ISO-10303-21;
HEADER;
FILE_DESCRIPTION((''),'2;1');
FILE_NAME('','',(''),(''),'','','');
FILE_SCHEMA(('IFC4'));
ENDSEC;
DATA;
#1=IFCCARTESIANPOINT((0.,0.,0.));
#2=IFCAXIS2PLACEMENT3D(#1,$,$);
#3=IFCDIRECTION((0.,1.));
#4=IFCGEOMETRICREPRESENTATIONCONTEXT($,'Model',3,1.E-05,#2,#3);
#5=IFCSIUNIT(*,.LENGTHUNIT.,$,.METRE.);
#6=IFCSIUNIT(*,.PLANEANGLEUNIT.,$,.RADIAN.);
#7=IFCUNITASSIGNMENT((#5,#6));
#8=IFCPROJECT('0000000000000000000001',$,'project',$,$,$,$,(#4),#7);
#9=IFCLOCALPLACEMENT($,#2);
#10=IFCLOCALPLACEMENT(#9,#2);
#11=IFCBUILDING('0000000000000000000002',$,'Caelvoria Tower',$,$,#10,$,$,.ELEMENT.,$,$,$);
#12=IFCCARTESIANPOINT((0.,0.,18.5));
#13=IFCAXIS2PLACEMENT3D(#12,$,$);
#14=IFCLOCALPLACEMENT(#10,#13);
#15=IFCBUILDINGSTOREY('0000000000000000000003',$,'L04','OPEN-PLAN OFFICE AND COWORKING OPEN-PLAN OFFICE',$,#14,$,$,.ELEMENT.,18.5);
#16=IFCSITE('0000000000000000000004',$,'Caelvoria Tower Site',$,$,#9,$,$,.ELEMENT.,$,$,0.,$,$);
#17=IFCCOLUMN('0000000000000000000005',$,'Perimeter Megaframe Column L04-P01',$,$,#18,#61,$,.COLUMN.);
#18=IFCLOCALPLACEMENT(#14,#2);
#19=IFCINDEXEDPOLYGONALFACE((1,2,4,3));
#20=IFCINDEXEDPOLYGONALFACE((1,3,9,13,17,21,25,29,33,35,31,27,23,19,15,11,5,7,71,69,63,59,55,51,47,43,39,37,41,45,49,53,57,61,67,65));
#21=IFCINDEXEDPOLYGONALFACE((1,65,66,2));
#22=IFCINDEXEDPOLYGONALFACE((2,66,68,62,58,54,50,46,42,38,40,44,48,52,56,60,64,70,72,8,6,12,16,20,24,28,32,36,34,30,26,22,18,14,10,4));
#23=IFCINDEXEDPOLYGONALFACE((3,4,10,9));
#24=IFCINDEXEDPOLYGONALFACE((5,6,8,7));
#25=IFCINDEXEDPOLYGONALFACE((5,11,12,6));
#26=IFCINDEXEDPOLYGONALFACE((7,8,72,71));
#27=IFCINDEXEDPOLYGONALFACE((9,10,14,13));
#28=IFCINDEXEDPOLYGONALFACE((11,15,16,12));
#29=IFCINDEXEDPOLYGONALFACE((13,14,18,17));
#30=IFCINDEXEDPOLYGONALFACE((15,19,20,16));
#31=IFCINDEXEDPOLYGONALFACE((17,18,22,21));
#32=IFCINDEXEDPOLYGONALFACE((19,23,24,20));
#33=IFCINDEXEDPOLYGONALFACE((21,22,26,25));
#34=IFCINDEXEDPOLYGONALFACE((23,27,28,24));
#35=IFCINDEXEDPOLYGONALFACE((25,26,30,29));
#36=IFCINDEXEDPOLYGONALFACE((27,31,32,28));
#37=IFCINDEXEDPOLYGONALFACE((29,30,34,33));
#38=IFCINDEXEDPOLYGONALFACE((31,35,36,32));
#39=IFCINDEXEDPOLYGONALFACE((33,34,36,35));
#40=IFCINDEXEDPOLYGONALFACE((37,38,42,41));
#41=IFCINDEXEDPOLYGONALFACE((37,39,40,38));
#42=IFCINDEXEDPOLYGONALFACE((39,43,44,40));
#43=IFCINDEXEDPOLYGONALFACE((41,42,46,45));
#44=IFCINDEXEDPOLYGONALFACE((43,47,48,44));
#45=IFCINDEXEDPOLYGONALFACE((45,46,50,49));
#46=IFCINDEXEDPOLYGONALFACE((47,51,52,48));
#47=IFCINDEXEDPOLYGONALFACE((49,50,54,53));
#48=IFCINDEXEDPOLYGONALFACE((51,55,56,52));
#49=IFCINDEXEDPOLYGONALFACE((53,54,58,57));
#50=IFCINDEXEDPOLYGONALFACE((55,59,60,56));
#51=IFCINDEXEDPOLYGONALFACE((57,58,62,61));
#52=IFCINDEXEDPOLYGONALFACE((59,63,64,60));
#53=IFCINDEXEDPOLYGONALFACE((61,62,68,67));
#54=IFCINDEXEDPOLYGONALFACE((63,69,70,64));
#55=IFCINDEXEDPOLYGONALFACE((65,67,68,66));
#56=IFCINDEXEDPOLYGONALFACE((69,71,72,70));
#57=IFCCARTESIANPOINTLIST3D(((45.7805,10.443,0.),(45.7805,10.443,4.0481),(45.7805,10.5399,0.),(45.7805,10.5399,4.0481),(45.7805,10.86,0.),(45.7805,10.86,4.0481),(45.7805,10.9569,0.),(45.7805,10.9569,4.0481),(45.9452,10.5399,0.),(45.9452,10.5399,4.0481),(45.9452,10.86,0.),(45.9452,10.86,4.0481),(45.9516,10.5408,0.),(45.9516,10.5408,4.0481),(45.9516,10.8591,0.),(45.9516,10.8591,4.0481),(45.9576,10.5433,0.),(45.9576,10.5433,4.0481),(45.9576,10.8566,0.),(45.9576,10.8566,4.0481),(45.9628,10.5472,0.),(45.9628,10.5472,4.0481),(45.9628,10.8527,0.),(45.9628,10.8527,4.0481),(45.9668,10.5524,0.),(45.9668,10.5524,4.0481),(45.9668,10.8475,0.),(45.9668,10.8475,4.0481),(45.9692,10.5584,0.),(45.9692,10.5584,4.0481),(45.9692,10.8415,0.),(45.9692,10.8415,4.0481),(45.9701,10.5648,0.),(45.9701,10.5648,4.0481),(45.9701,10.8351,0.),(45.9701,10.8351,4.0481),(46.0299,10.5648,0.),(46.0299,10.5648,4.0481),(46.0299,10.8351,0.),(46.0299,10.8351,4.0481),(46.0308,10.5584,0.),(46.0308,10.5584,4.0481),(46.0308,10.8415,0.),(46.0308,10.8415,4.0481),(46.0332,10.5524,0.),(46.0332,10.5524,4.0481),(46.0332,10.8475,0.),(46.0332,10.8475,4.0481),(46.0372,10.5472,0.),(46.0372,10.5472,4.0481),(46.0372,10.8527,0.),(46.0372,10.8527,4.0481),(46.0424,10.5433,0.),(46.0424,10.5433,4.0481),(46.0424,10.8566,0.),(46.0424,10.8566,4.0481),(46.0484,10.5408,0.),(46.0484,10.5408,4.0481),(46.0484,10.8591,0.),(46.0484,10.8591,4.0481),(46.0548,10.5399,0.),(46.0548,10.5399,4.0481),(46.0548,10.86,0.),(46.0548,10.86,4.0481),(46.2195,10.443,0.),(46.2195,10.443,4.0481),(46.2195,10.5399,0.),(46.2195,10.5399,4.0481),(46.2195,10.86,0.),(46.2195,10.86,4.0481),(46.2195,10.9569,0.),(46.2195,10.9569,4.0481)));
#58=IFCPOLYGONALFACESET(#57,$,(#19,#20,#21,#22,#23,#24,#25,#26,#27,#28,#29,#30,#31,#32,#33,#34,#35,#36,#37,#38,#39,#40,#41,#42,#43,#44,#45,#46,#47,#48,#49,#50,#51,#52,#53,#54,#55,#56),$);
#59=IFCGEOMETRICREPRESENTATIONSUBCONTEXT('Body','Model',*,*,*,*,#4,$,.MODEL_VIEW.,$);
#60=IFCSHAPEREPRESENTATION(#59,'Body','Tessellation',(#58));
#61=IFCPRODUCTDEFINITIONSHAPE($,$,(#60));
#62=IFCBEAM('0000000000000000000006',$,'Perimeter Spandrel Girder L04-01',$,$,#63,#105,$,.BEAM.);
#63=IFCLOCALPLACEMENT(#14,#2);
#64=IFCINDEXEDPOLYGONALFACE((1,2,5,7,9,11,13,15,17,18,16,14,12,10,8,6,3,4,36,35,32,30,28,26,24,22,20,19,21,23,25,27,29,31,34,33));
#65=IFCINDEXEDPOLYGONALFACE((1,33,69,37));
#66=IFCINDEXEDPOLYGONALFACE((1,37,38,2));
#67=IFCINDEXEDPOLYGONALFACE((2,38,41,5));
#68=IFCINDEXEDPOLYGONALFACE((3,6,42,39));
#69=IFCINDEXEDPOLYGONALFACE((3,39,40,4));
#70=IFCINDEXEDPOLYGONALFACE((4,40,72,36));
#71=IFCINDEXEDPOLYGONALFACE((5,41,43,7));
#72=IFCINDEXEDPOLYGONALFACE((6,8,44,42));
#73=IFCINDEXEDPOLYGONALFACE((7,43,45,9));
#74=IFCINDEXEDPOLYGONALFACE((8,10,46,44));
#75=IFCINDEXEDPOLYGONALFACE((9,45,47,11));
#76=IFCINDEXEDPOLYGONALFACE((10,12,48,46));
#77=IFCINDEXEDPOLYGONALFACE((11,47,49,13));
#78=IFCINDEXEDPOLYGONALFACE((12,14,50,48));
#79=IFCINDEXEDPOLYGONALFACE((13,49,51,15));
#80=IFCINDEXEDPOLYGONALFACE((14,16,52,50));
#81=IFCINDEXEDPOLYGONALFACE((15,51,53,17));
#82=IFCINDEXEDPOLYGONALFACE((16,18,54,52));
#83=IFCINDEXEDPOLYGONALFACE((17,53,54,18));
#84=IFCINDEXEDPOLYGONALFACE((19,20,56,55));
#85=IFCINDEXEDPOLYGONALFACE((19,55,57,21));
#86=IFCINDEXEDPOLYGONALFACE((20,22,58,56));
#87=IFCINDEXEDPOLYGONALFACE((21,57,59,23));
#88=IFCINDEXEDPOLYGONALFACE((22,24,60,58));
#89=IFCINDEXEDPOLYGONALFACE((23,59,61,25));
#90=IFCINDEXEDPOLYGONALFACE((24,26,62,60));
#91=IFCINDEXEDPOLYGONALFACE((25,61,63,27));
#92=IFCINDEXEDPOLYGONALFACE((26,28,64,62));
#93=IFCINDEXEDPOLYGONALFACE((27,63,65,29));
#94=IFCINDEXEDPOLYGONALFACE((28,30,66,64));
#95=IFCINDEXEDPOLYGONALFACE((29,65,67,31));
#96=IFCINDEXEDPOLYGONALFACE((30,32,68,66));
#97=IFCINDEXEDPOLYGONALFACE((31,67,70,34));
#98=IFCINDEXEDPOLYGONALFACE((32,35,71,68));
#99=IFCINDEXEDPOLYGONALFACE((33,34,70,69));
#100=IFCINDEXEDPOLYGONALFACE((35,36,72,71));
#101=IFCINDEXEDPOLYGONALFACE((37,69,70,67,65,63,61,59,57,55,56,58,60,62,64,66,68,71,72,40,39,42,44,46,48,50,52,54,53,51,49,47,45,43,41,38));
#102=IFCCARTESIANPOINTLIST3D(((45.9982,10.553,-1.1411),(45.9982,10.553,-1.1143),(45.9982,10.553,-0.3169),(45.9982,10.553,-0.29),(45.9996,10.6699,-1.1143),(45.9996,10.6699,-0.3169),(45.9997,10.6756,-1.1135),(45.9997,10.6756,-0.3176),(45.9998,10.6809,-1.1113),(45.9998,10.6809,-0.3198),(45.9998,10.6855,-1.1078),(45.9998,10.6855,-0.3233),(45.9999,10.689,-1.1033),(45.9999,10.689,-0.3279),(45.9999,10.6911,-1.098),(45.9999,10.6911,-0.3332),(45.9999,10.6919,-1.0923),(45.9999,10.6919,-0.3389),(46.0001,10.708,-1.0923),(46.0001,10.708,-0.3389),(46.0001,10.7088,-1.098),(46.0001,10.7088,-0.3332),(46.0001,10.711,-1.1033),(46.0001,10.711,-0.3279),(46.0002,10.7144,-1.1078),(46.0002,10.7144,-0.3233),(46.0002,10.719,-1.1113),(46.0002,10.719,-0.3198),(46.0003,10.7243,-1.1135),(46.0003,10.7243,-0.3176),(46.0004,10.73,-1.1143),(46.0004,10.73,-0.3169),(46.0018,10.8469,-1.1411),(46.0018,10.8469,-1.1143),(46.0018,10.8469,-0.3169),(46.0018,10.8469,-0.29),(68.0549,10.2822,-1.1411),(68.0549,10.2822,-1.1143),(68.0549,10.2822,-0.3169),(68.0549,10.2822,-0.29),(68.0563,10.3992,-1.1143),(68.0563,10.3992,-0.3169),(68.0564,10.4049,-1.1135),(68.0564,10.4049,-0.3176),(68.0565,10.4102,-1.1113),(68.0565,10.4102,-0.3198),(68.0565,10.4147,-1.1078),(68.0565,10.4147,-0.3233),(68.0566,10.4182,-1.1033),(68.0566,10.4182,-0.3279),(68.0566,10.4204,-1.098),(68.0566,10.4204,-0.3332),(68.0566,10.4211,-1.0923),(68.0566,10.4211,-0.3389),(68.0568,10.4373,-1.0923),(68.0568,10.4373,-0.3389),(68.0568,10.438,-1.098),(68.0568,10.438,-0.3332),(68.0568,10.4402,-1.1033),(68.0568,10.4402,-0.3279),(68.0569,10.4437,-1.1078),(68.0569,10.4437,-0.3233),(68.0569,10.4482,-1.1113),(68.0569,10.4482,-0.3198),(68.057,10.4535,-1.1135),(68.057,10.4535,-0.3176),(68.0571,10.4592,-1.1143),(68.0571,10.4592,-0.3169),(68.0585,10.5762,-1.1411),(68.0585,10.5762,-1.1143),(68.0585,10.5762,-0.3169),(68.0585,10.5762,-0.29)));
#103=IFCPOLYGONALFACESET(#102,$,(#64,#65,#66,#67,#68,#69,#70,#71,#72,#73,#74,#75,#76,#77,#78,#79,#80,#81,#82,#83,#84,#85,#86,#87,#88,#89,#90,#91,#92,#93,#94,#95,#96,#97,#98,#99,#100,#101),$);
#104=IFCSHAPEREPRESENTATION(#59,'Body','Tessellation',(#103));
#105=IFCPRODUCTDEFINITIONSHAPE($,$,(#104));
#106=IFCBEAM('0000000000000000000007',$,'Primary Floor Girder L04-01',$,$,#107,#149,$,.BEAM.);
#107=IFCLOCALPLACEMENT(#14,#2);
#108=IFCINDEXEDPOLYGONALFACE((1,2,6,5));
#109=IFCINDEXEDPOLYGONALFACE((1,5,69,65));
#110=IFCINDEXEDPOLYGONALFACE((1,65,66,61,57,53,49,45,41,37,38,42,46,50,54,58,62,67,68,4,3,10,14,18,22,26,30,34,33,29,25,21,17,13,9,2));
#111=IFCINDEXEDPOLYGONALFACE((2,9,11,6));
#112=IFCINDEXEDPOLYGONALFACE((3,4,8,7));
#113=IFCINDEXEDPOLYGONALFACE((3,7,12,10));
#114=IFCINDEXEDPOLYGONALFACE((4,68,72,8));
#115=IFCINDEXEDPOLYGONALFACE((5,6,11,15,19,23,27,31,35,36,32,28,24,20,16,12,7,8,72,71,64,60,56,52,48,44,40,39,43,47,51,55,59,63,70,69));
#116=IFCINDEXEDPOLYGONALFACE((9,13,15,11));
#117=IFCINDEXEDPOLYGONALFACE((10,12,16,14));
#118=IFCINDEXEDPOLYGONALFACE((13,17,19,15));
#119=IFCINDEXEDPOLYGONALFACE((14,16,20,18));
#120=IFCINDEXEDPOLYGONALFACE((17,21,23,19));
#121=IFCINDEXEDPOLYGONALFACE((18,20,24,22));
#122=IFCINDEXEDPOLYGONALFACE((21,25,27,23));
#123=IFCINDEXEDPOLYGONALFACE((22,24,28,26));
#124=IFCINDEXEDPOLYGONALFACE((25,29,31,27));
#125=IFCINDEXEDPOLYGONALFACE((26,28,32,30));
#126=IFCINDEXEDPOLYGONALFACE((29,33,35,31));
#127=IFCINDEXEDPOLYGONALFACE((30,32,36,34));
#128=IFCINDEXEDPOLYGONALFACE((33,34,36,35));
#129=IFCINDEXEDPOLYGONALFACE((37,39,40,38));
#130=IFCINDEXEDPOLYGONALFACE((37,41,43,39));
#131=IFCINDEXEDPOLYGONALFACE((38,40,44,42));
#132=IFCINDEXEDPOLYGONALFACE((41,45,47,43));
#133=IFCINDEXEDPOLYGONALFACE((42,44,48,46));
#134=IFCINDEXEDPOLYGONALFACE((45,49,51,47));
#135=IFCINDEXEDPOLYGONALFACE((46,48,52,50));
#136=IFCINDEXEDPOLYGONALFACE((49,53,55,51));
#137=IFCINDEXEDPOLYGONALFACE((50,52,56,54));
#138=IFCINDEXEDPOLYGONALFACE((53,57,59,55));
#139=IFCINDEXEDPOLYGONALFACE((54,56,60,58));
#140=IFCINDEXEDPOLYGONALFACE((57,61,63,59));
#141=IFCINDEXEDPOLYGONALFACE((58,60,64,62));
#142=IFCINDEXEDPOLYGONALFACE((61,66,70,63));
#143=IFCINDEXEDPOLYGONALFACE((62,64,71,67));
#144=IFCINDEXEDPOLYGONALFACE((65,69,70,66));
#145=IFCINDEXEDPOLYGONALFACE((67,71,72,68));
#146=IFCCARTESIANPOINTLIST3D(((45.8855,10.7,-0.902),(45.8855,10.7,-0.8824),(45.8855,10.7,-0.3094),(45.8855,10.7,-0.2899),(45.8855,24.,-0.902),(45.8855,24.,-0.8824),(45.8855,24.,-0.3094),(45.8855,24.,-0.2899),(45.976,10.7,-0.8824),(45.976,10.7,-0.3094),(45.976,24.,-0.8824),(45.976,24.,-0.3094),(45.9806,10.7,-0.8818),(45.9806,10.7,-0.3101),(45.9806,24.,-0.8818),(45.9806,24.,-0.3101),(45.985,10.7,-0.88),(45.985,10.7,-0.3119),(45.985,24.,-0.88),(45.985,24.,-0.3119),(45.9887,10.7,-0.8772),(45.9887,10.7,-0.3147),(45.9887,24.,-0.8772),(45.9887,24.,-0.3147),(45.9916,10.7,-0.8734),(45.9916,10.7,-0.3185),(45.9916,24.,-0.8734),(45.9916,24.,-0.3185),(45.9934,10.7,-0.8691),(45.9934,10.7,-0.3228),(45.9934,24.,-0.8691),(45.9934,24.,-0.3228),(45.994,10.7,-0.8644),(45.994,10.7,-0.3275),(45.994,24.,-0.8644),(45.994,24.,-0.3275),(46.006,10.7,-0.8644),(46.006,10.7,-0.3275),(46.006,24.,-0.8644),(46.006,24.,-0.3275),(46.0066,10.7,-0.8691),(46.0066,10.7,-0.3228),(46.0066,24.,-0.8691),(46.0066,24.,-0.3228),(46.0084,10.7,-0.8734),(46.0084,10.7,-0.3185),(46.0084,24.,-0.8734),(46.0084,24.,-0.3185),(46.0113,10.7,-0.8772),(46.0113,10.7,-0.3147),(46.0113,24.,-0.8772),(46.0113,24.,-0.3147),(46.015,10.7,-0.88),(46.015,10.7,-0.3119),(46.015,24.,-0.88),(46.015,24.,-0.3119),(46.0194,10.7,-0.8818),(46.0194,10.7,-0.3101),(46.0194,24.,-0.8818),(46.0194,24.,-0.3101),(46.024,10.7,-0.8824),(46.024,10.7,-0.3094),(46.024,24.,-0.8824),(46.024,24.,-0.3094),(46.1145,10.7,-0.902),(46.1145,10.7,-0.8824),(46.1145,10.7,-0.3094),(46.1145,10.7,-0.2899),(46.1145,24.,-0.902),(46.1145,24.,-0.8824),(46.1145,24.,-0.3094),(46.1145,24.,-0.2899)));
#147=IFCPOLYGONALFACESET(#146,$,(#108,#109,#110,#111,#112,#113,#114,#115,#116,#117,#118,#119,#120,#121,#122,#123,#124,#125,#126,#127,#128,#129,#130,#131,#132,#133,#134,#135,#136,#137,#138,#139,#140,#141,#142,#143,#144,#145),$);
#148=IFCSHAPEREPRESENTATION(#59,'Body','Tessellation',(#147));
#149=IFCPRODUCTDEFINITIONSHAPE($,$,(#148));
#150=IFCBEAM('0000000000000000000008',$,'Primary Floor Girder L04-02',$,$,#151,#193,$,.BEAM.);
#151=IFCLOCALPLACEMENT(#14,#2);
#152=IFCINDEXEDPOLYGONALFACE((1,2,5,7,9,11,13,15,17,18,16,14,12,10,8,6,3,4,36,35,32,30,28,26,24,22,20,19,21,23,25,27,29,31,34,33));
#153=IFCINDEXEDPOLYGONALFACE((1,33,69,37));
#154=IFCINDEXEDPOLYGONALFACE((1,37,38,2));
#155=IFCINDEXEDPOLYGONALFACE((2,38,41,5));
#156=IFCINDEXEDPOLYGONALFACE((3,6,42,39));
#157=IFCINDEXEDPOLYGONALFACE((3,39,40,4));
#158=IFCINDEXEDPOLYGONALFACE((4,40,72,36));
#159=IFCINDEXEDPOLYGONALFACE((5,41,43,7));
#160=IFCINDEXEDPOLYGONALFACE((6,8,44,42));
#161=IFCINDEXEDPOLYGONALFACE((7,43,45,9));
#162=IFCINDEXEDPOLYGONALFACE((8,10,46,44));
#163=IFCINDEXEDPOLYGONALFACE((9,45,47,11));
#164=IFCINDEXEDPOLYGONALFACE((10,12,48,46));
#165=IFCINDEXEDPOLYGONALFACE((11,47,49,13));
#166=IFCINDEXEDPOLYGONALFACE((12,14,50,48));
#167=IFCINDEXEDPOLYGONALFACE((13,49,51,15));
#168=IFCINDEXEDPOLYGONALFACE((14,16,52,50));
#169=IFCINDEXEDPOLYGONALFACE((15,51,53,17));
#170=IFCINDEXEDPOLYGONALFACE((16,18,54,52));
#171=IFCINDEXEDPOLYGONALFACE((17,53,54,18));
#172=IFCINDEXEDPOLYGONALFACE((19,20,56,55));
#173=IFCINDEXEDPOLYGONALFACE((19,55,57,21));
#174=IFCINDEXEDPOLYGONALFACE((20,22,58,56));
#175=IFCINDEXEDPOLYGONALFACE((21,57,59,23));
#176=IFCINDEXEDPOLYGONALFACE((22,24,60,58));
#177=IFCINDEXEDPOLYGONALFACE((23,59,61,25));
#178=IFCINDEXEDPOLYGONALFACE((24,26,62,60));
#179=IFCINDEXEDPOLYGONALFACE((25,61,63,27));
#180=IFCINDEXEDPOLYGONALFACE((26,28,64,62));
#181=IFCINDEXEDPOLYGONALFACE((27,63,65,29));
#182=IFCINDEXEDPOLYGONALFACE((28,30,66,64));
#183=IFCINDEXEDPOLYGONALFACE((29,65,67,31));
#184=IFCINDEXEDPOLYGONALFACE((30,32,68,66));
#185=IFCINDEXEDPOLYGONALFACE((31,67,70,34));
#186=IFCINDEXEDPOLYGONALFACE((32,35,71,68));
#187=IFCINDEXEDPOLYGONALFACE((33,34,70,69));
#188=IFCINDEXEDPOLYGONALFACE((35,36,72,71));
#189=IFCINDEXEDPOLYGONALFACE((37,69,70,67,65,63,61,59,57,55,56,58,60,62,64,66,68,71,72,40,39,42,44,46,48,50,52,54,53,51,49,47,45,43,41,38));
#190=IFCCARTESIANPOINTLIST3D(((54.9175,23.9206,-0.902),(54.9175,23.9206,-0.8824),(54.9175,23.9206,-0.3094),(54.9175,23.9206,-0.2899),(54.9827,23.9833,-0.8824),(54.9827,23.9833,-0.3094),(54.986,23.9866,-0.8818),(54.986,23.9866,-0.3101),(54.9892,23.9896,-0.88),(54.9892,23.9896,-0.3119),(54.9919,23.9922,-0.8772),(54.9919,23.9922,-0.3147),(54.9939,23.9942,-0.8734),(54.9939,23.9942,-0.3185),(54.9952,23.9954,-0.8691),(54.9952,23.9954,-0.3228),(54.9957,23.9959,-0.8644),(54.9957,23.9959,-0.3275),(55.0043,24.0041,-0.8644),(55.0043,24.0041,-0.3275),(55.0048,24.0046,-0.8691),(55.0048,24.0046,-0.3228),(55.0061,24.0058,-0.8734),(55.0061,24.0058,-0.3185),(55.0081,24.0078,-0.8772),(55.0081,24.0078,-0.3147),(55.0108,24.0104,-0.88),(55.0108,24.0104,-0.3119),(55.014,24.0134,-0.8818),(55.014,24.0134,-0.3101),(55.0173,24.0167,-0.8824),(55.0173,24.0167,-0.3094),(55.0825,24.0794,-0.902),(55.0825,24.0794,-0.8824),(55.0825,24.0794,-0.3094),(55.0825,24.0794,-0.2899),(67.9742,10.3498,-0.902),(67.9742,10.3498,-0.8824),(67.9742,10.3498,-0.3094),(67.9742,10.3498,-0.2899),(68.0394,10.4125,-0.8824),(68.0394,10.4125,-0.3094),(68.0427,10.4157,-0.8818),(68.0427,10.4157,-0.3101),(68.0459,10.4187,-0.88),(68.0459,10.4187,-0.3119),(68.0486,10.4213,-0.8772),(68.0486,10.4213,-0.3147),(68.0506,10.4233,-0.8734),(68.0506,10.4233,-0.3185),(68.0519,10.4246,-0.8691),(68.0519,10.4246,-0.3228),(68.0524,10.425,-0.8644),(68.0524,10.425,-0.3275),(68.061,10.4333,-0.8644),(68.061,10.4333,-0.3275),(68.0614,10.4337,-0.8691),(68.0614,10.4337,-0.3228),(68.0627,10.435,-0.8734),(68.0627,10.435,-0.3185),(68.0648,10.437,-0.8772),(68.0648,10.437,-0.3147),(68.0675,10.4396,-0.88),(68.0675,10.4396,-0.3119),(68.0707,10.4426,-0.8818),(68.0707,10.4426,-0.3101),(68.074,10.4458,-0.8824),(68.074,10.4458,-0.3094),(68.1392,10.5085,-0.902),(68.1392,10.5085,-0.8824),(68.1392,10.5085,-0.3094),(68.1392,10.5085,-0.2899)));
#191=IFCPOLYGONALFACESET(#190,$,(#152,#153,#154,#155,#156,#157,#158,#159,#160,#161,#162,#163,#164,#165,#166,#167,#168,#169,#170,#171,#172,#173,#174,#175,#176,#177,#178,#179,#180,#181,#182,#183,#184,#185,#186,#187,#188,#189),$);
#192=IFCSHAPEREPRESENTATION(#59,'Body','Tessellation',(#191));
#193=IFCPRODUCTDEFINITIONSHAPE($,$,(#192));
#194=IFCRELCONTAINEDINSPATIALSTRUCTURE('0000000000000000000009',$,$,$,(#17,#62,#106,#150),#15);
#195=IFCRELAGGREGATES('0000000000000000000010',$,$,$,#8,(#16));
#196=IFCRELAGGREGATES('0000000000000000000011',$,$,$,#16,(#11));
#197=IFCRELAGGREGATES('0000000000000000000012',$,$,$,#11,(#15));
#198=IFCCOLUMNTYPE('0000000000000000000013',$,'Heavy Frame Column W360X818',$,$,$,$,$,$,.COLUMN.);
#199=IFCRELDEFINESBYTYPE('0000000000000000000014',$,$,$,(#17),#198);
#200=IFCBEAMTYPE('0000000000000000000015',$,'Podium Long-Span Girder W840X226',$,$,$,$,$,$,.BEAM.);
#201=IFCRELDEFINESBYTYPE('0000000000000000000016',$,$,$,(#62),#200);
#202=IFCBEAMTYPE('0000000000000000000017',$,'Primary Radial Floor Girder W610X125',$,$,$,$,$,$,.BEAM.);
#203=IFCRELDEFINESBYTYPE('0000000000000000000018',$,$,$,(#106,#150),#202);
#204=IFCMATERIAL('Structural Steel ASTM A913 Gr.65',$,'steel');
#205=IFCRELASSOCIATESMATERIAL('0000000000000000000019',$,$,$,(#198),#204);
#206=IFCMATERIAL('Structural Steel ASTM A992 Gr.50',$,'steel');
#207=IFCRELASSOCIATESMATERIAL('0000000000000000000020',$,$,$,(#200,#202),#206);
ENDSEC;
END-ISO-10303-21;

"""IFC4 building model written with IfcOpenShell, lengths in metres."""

from ifc_helpers import new_model, si_unit, direction, frame, origin, origin_2d, place, context, subcontext, project, spatial, i_section, extrude, material, material_profile, profile_set, type_object, element, save


model = new_model("IFC4")

# Units and contexts
model_context = context("Model", 3, precision=1e-05, world=origin(), true_north=direction((0.0, 1.0)))
body_context = subcontext(model_context, "Body", "Model", "MODEL_VIEW")
ifc_project = project(units=[si_unit("LENGTHUNIT", "METRE"), si_unit("PLANEANGLEUNIT", "RADIAN")], contexts=[model_context])

# Site, building, storey
site_placement = place(None, origin())
site = spatial("IfcSite", under=ifc_project, at=site_placement, Name="Caelvoria Tower Site", CompositionType="ELEMENT", RefElevation=0.0)
building_placement = place(site_placement, origin())
building = spatial("IfcBuilding", under=site, at=building_placement, Name="Caelvoria Tower", CompositionType="ELEMENT")
storey_placement = place(building_placement, frame((0.0, 0.0, 18.5)))
storey = spatial("IfcBuildingStorey", under=building, at=storey_placement, Name="L04", Description="OPEN-PLAN OFFICE AND COWORKING OPEN-PLAN OFFICE", CompositionType="ELEMENT", Elevation=18.5)

# Column
ifc_material_1 = material(Name="Structural Steel ASTM A913 Gr.65", Category="steel")
ifc_material_profile_1 = material_profile(ifc_material_1, i_section(OverallWidth=0.439, OverallDepth=0.5139, WebThickness=0.0598, FlangeThickness=0.0969, FilletRadius=0.0249, at=origin_2d()), Name="Structural Steel ASTM A913 Gr.65")
ifc_profile_set_1 = profile_set([ifc_material_profile_1], Name="W360X818 - Structural Steel ASTM A913 Gr.65")
column_type = type_object("IfcColumnType", Name="Heavy Frame Column W360X818", PredefinedType="COLUMN", material=ifc_profile_set_1)
column_placement = place(storey_placement, frame((46.0, 10.7, 0.0), z_axis=(0.0, 0.0, 1.0), x_axis=(1.0, 0.0, 0.0)))
element("IfcColumn", 1, at=column_placement, inside=storey, type_object=column_type, Name="Perimeter Megaframe Column L04-P01", PredefinedType="COLUMN", context=body_context, shape_type="SweptSolid", body=[
    extrude(i_section(OverallWidth=0.439, OverallDepth=0.5139, WebThickness=0.0598, FlangeThickness=0.0969, FilletRadius=0.0249, at=origin_2d()), origin(), (0.0, 0.0, 1.0), 4.0481),
])

# Beams
ifc_material_2 = material(Name="Structural Steel ASTM A992 Gr.50", Category="steel")
ifc_material_profile_2 = material_profile(ifc_material_2, i_section(OverallWidth=0.2939, OverallDepth=0.8511, WebThickness=0.0161, FlangeThickness=0.0269, FilletRadius=0.022, at=origin_2d()), Name="Structural Steel ASTM A992 Gr.50")
ifc_profile_set_2 = profile_set([ifc_material_profile_2], Name="W840X226 - Structural Steel ASTM A992 Gr.50")
beam_type_1 = type_object("IfcBeamType", Name="Podium Long-Span Girder W840X226", PredefinedType="BEAM", material=ifc_profile_set_2)
beam_1_placement = place(storey_placement, frame((46.0, 10.7, -0.7156), z_axis=(0.999925, -0.012274, 0.0), x_axis=(0.012274, 0.999925, 0.0)))
element("IfcBeam", 2, at=beam_1_placement, inside=storey, type_object=beam_type_1, Name="Perimeter Spandrel Girder L04-01", PredefinedType="BEAM", context=body_context, shape_type="SweptSolid", body=[
    extrude(i_section(OverallWidth=0.2939, OverallDepth=0.8511, WebThickness=0.0161, FlangeThickness=0.0269, FilletRadius=0.022, at=origin_2d()), origin(), (0.0, 0.0, 1.0), 22.0583),
])
ifc_material_profile_3 = material_profile(ifc_material_2, i_section(OverallWidth=0.229, OverallDepth=0.6121, WebThickness=0.012, FlangeThickness=0.0195, FilletRadius=0.0181, at=origin_2d()), Name="Structural Steel ASTM A992 Gr.50")
ifc_profile_set_3 = profile_set([ifc_material_profile_3], Name="W610X125 - Structural Steel ASTM A992 Gr.50")
beam_type_2 = type_object("IfcBeamType", Name="Primary Radial Floor Girder W610X125", PredefinedType="BEAM", material=ifc_profile_set_3)
beam_2_placement = place(storey_placement, frame((46.0, 24.0, -0.5959), z_axis=(0.0, -1.0, 0.0), x_axis=(1.0, 0.0, 0.0)))
element("IfcBeam", 3, at=beam_2_placement, inside=storey, type_object=beam_type_2, Name="Primary Floor Girder L04-01", PredefinedType="BEAM", context=body_context, shape_type="SweptSolid", body=[
    extrude(i_section(OverallWidth=0.229, OverallDepth=0.6121, WebThickness=0.012, FlangeThickness=0.0195, FilletRadius=0.0181, at=origin_2d()), origin(), (0.0, 0.0, 1.0), 13.3),
])
beam_3_placement = place(storey_placement, frame((55.0, 24.0, -0.5959), z_axis=(0.693324, -0.720626, 0.0), x_axis=(0.720626, 0.693324, 0.0)))
element("IfcBeam", 4, at=beam_3_placement, inside=storey, type_object=beam_type_2, Name="Primary Floor Girder L04-02", PredefinedType="BEAM", context=body_context, shape_type="SweptSolid", body=[
    extrude(i_section(OverallWidth=0.229, OverallDepth=0.6121, WebThickness=0.012, FlangeThickness=0.0195, FilletRadius=0.0181, at=origin_2d()), origin(), (0.0, 0.0, 1.0), 18.832),
])

save(model, "model.ifc")
